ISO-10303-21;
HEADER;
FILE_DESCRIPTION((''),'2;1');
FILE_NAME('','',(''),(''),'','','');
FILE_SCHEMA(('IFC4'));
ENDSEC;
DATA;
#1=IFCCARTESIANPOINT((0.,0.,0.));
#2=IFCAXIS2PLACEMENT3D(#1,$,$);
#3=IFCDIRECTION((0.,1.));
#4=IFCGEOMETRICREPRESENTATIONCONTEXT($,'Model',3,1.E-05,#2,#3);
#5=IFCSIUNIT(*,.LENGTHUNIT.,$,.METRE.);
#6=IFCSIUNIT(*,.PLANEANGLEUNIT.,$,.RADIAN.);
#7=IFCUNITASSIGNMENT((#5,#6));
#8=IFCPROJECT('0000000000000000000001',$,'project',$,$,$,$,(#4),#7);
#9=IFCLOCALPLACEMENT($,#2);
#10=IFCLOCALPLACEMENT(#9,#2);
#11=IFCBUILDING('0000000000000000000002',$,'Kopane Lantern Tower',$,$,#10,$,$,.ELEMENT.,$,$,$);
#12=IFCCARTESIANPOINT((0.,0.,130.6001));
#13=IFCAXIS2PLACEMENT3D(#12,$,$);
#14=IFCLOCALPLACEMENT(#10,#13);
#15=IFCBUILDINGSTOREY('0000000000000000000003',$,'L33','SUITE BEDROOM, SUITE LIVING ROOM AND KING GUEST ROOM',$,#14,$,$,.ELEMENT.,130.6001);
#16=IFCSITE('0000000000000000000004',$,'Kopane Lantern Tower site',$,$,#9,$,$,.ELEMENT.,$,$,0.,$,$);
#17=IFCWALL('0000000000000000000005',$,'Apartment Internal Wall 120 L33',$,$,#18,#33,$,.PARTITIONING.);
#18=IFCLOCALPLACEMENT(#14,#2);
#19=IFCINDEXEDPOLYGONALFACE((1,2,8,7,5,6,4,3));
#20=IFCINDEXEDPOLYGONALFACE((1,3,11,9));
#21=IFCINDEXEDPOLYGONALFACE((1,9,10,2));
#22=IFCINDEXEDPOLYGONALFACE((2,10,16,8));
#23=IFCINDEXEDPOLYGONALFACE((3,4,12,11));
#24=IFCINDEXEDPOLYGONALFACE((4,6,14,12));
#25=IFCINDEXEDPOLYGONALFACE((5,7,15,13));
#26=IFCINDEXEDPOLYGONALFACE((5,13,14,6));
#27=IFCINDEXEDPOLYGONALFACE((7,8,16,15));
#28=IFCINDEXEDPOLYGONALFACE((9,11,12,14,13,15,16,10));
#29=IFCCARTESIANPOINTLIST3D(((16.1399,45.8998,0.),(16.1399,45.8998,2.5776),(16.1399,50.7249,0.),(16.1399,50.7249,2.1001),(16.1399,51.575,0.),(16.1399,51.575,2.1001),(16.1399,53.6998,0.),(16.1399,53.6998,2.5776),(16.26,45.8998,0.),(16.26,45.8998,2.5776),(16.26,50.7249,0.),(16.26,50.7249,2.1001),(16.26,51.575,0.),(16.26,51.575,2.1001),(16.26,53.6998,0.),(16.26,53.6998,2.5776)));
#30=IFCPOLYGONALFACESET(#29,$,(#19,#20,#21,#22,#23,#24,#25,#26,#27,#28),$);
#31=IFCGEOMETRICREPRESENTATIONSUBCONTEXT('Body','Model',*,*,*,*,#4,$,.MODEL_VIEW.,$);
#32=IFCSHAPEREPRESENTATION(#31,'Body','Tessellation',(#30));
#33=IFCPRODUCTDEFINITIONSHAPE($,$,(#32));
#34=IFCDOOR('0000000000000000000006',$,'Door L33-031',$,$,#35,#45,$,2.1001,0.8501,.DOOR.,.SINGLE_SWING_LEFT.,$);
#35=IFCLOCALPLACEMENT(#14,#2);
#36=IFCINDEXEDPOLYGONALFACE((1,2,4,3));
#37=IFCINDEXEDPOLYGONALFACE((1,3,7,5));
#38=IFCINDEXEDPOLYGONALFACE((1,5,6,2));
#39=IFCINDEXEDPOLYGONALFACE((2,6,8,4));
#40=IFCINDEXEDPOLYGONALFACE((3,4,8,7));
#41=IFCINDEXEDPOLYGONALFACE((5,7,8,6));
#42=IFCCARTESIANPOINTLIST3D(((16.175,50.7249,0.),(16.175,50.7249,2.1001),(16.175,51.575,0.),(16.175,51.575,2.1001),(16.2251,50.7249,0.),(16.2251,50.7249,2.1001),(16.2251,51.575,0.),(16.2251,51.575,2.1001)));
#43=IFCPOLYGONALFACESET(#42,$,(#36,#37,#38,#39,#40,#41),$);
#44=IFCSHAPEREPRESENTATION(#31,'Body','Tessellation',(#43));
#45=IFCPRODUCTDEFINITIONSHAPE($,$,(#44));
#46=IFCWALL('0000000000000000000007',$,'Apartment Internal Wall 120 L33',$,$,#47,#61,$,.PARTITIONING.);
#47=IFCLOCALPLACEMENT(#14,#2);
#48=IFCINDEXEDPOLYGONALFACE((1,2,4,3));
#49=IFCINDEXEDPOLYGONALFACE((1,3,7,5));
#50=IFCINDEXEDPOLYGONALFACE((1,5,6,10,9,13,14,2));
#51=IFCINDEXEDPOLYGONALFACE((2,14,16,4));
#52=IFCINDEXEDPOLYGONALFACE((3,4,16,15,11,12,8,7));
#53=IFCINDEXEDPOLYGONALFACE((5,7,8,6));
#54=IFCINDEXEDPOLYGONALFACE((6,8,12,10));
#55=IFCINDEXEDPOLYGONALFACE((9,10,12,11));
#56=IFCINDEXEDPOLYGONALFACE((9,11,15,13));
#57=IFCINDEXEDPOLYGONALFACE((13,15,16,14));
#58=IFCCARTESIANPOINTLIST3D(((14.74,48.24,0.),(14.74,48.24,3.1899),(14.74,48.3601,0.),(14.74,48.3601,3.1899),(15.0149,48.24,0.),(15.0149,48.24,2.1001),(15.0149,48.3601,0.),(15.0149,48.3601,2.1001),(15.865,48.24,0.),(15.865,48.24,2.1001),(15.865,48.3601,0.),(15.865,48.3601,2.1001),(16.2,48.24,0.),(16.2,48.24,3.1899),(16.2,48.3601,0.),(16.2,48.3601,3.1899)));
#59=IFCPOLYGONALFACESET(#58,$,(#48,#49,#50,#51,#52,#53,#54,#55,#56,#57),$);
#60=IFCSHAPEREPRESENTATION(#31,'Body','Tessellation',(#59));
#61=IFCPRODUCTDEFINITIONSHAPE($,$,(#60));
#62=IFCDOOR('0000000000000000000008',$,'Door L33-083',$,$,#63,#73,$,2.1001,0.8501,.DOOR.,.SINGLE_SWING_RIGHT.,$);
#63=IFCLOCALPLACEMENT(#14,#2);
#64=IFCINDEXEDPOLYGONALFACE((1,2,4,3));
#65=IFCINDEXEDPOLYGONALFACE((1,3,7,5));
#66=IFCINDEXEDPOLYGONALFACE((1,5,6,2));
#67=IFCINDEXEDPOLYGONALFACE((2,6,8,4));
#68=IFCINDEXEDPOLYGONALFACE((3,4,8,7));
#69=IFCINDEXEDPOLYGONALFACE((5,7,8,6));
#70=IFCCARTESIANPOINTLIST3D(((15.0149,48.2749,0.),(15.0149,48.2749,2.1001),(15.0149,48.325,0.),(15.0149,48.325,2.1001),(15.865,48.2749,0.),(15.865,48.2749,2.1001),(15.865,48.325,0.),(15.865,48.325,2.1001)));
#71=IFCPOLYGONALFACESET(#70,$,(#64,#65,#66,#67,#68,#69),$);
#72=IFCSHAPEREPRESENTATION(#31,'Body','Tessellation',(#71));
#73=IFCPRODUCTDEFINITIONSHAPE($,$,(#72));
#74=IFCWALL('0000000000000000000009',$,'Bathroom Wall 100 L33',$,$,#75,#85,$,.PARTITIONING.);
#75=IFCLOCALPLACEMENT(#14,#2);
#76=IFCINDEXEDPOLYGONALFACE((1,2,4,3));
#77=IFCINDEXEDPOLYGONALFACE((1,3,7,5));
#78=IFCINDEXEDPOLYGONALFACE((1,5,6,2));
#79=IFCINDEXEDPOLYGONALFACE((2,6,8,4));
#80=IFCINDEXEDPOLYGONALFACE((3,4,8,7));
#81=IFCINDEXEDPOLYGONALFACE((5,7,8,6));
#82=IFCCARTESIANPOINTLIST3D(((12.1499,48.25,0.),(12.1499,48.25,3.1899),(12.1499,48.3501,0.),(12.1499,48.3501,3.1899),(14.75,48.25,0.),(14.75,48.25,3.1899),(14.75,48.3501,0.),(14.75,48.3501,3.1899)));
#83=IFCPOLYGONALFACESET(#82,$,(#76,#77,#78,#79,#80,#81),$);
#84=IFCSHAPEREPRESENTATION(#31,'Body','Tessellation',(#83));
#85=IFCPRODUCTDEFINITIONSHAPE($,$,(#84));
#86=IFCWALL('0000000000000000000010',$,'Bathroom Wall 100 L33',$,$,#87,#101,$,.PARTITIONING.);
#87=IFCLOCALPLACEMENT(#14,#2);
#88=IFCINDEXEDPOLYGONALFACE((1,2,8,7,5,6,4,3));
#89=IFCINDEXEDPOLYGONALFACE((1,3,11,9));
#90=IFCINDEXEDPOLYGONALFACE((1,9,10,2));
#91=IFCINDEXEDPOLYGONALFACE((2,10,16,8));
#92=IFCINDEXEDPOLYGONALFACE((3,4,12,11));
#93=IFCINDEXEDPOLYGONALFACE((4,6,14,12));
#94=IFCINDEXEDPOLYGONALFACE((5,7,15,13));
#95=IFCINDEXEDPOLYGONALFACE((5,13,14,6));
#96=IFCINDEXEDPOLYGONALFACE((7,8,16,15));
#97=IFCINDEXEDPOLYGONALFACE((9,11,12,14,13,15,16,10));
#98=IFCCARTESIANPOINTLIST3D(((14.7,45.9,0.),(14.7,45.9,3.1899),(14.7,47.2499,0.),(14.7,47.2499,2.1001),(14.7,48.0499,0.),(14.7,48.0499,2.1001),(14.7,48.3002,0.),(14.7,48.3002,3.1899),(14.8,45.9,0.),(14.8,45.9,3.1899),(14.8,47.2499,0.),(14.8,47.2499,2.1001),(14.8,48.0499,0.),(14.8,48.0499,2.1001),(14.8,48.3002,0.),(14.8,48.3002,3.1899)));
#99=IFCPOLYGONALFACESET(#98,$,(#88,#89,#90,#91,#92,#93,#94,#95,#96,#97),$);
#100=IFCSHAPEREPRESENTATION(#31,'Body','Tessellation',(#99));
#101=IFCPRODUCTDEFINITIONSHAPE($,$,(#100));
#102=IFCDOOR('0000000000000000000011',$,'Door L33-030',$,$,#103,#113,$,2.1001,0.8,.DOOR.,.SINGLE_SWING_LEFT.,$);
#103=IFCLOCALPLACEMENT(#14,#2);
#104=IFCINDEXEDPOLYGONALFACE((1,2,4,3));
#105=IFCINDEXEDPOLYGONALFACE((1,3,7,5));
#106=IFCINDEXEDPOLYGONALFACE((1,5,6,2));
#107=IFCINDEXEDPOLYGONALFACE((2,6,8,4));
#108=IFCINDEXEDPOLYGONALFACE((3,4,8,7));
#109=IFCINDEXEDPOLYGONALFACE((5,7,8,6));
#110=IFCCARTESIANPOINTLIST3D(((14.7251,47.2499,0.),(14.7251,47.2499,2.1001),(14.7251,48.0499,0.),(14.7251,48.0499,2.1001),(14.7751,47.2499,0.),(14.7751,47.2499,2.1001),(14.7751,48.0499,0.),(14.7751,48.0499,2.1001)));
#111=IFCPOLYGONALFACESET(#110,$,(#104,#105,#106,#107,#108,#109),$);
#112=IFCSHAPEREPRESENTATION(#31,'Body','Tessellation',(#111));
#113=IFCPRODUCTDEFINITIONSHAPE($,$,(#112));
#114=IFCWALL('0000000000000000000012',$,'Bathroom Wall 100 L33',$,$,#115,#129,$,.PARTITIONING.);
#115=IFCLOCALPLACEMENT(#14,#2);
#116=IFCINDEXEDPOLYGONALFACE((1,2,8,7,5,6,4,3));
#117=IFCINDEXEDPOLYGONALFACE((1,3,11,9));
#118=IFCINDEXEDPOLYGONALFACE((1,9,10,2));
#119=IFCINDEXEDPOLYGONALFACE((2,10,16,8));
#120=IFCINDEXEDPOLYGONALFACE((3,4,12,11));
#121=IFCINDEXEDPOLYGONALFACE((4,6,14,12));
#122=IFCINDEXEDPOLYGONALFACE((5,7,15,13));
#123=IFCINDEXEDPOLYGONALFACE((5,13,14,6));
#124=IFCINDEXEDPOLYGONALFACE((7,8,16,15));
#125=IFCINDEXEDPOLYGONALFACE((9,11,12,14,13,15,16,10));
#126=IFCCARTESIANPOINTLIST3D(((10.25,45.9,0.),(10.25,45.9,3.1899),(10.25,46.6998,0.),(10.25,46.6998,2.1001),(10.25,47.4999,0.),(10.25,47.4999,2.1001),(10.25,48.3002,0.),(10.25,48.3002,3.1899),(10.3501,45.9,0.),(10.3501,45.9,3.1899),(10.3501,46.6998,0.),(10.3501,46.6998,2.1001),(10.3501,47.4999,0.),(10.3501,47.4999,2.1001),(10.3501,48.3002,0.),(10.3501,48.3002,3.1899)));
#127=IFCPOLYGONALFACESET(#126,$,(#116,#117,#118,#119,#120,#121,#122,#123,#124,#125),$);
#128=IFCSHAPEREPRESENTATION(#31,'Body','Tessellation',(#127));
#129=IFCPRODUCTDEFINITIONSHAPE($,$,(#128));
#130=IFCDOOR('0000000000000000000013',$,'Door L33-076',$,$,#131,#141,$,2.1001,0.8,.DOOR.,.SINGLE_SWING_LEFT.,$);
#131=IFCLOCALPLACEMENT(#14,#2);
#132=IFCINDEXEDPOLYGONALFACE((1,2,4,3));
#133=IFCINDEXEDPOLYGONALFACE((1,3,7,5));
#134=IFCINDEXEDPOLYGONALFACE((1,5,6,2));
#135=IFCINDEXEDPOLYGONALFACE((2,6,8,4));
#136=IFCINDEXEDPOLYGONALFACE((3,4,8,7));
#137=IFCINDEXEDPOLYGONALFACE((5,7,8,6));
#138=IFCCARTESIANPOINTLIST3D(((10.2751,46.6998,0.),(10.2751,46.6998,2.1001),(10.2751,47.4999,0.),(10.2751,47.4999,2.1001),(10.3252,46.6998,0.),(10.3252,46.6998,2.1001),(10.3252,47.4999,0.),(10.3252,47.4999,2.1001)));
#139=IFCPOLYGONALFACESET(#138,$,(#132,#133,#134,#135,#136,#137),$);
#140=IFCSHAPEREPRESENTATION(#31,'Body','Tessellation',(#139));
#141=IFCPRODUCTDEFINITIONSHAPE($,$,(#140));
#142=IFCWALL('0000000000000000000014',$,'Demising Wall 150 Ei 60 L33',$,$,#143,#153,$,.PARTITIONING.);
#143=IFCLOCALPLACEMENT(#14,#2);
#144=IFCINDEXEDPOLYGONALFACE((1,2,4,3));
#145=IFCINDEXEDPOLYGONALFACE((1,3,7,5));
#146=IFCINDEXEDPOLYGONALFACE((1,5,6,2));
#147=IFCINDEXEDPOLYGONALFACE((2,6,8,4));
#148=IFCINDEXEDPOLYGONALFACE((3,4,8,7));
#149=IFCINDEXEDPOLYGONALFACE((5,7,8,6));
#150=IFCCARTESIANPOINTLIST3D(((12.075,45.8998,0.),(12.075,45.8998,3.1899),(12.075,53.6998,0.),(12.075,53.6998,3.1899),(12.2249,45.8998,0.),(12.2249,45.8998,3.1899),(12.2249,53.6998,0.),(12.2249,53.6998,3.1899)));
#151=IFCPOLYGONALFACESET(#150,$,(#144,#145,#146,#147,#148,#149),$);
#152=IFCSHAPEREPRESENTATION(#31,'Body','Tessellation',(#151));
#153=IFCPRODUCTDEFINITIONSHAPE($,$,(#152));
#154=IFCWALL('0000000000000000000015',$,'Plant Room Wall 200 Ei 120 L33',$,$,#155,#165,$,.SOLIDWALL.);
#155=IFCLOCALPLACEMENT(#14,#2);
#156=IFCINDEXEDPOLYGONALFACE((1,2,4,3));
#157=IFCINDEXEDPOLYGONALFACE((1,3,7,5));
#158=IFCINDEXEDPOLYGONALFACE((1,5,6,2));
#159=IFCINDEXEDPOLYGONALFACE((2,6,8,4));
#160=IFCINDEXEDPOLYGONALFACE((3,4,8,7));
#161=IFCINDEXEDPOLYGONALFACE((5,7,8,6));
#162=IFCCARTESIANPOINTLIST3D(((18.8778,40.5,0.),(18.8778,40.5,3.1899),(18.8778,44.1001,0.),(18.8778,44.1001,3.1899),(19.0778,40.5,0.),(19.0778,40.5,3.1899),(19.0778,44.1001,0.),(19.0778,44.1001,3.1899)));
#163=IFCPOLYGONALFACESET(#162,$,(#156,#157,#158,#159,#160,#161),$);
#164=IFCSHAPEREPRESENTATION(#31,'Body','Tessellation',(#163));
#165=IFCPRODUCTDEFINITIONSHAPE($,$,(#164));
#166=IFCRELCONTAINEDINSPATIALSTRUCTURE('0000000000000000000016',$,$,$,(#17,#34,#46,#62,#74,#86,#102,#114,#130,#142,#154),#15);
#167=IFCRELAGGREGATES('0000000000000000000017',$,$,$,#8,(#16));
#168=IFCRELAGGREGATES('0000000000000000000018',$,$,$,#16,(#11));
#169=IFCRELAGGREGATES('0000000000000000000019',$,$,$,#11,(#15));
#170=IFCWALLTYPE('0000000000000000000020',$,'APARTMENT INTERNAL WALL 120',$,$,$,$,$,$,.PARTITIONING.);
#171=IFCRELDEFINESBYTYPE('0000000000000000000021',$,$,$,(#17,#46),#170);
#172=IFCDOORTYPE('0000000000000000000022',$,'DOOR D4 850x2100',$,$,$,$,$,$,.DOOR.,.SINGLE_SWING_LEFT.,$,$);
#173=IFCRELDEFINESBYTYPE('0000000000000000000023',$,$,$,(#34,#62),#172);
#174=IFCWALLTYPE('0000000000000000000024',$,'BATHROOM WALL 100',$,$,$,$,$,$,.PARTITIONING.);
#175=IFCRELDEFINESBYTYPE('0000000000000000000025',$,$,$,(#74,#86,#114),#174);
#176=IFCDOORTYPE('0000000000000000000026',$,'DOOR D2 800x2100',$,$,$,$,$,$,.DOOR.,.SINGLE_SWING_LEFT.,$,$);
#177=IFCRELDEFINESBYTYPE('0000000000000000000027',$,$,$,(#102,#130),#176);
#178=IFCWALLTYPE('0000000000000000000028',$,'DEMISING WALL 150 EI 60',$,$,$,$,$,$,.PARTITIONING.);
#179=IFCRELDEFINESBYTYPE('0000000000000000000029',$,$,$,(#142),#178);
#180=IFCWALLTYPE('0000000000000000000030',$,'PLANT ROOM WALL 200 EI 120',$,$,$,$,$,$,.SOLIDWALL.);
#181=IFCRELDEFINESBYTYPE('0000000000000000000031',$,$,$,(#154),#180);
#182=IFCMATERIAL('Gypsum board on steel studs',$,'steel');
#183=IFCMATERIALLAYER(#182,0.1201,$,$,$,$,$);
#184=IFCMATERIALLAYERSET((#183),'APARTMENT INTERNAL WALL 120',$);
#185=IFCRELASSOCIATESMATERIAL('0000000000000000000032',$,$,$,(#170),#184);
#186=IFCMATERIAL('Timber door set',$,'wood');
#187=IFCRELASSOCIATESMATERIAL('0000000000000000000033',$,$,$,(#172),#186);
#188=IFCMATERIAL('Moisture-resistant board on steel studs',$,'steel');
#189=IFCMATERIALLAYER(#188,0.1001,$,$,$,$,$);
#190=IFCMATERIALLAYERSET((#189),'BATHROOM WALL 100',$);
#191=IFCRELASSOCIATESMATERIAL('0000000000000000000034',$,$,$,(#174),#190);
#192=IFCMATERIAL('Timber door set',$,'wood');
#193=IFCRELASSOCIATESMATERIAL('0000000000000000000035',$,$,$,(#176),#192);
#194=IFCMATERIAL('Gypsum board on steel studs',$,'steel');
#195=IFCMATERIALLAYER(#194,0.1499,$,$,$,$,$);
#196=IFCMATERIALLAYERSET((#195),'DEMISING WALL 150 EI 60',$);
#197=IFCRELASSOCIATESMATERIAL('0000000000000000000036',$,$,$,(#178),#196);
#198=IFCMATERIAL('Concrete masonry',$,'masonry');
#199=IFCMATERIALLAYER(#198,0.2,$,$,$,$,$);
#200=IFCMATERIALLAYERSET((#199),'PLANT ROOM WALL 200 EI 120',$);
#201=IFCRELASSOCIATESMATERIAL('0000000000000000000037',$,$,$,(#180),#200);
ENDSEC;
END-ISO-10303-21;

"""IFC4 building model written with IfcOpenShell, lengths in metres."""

from ifc_helpers import new_model, si_unit, direction, frame, frame_2d, origin, place, context, subcontext, project, spatial, rectangle, extrude, material, layer, layer_set, type_object, element, fill, save


model = new_model("IFC4")

# Units and contexts
model_context = context("Model", 3, precision=1e-05, world=origin(), true_north=direction((0.0, 1.0)))
body_context = subcontext(model_context, "Body", "Model", "MODEL_VIEW")
ifc_project = project(units=[si_unit("LENGTHUNIT", "METRE"), si_unit("PLANEANGLEUNIT", "RADIAN")], contexts=[model_context])

# Site, building, storey
site_placement = place(None, origin())
site = spatial("IfcSite", under=ifc_project, at=site_placement, Name="Kopane Lantern Tower site", CompositionType="ELEMENT", RefElevation=0.0)
building_placement = place(site_placement, origin())
building = spatial("IfcBuilding", under=site, at=building_placement, Name="Kopane Lantern Tower", CompositionType="ELEMENT")
storey_placement = place(building_placement, frame((0.0, 0.0, 130.6001)))
storey = spatial("IfcBuildingStorey", under=building, at=storey_placement, Name="L33", Description="SUITE BEDROOM, SUITE LIVING ROOM AND KING GUEST ROOM", CompositionType="ELEMENT", Elevation=130.6001)

# Walls, openings, doors
ifc_material_1 = material(Name="Gypsum board on steel studs", Category="steel")
ifc_layer_1 = layer(ifc_material_1, 0.1201)
ifc_layer_set_1 = layer_set([ifc_layer_1], Name="APARTMENT INTERNAL WALL 120")
wall_type_1 = type_object("IfcWallType", Name="APARTMENT INTERNAL WALL 120", PredefinedType="PARTITIONING", material=ifc_layer_set_1)
wall_1_placement = place(storey_placement, frame((16.2, 45.8999, 0.0), z_axis=(0.0, 0.0, 1.0), x_axis=(0.0, 1.0, 0.0)))
wall_1 = element("IfcWall", 1, at=wall_1_placement, inside=storey, type_object=wall_type_1, Name="Apartment Internal Wall 120 L33", PredefinedType="PARTITIONING", context=body_context, shape_type="SweptSolid", body=[
    extrude(rectangle(XDim=7.8, YDim=0.1201, at=frame_2d((3.8999, 0.0))), origin(), (0.0, 0.0, 1.0), 2.5776),
])
opening_1_placement = place(wall_1_placement, frame((4.825, 0.0, 0.0)))
opening_1 = element("IfcOpeningElement", 2, at=opening_1_placement, cuts=wall_1, PredefinedType="OPENING", context=body_context, shape_type="SweptSolid", body=[
    extrude(rectangle(XDim=0.8501, YDim=2.1001, at=frame_2d((0.425, 1.05))), frame((0.0, 0.0701, 0.0), z_axis=(0.0, -1.0, 0.0), x_axis=(1.0, 0.0, 0.0)), (0.0, 0.0, 1.0), 0.1401),
])
ifc_material_2 = material(Name="Timber door set", Category="wood")
door_type_1 = type_object("IfcDoorType", Name="DOOR D4 850x2100", OperationType="SINGLE_SWING_LEFT", PredefinedType="DOOR", material=ifc_material_2)
door_1_placement = place(opening_1_placement, origin())
door_1 = element("IfcDoor", 3, at=door_1_placement, inside=storey, type_object=door_type_1, Name="Door L33-031", OperationType="SINGLE_SWING_LEFT", OverallHeight=2.1001, OverallWidth=0.8501, PredefinedType="DOOR", context=body_context, shape_type="SweptSolid", body=[
    extrude(rectangle(XDim=0.8501, YDim=2.1001, at=frame_2d((0.425, 1.05))), frame((0.0, 0.0249, 0.0), z_axis=(0.0, -1.0, 0.0), x_axis=(1.0, 0.0, 0.0)), (0.0, 0.0, 1.0), 0.05),
])
fill(opening_1, door_1)
wall_2_placement = place(storey_placement, frame((14.74, 48.3, 0.0), z_axis=(0.0, 0.0, 1.0), x_axis=(1.0, 0.0, 0.0)))
wall_2 = element("IfcWall", 4, at=wall_2_placement, inside=storey, type_object=wall_type_1, Name="Apartment Internal Wall 120 L33", PredefinedType="PARTITIONING", context=body_context, shape_type="SweptSolid", body=[
    extrude(rectangle(XDim=1.46, YDim=0.1201, at=frame_2d((0.73, 0.0))), origin(), (0.0, 0.0, 1.0), 3.1899),
])
opening_2_placement = place(wall_2_placement, frame((0.2749, 0.0, 0.0)))
opening_2 = element("IfcOpeningElement", 5, at=opening_2_placement, cuts=wall_2, PredefinedType="OPENING", context=body_context, shape_type="SweptSolid", body=[
    extrude(rectangle(XDim=0.8501, YDim=2.1001, at=frame_2d((0.425, 1.05))), frame((0.0, 0.0701, 0.0), z_axis=(0.0, -1.0, 0.0), x_axis=(1.0, 0.0, 0.0)), (0.0, 0.0, 1.0), 0.1401),
])
door_2_placement = place(opening_2_placement, origin())
door_2 = element("IfcDoor", 6, at=door_2_placement, inside=storey, type_object=door_type_1, Name="Door L33-083", OperationType="SINGLE_SWING_RIGHT", OverallHeight=2.1001, OverallWidth=0.8501, PredefinedType="DOOR", context=body_context, shape_type="SweptSolid", body=[
    extrude(rectangle(XDim=0.8501, YDim=2.1001, at=frame_2d((0.425, 1.05))), frame((0.0, 0.0249, 0.0), z_axis=(0.0, -1.0, 0.0), x_axis=(1.0, 0.0, 0.0)), (0.0, 0.0, 1.0), 0.05),
])
fill(opening_2, door_2)

# Wall
ifc_material_3 = material(Name="Moisture-resistant board on steel studs", Category="steel")
ifc_layer_2 = layer(ifc_material_3, 0.1001)
ifc_layer_set_2 = layer_set([ifc_layer_2], Name="BATHROOM WALL 100")
wall_type_2 = type_object("IfcWallType", Name="BATHROOM WALL 100", PredefinedType="PARTITIONING", material=ifc_layer_set_2)
wall_3_placement = place(storey_placement, frame((12.1499, 48.3, 0.0), z_axis=(0.0, 0.0, 1.0), x_axis=(1.0, 0.0, 0.0)))
element("IfcWall", 7, at=wall_3_placement, inside=storey, type_object=wall_type_2, Name="Bathroom Wall 100 L33", PredefinedType="PARTITIONING", context=body_context, shape_type="SweptSolid", body=[
    extrude(rectangle(XDim=2.6001, YDim=0.1001, at=frame_2d((1.3, 0.0))), origin(), (0.0, 0.0, 1.0), 3.1899),
])

# Walls, openings, doors
wall_4_placement = place(storey_placement, frame((14.75, 45.8999, 0.0), z_axis=(0.0, 0.0, 1.0), x_axis=(0.0, 1.0, 0.0)))
wall_4 = element("IfcWall", 8, at=wall_4_placement, inside=storey, type_object=wall_type_2, Name="Bathroom Wall 100 L33", PredefinedType="PARTITIONING", context=body_context, shape_type="SweptSolid", body=[
    extrude(rectangle(XDim=2.4001, YDim=0.1001, at=frame_2d((1.2002, 0.0))), origin(), (0.0, 0.0, 1.0), 3.1899),
])
opening_3_placement = place(wall_4_placement, frame((1.3501, 0.0, 0.0)))
opening_3 = element("IfcOpeningElement", 9, at=opening_3_placement, cuts=wall_4, PredefinedType="OPENING", context=body_context, shape_type="SweptSolid", body=[
    extrude(rectangle(XDim=0.8, YDim=2.1001, at=frame_2d((0.3999, 1.05))), frame((0.0, 0.0601, 0.0), z_axis=(0.0, -1.0, 0.0), x_axis=(1.0, 0.0, 0.0)), (0.0, 0.0, 1.0), 0.1201),
])
ifc_material_4 = material(Name="Timber door set", Category="wood")
door_type_2 = type_object("IfcDoorType", Name="DOOR D2 800x2100", OperationType="SINGLE_SWING_LEFT", PredefinedType="DOOR", material=ifc_material_4)
door_3_placement = place(opening_3_placement, origin())
door_3 = element("IfcDoor", 10, at=door_3_placement, inside=storey, type_object=door_type_2, Name="Door L33-030", OperationType="SINGLE_SWING_LEFT", OverallHeight=2.1001, OverallWidth=0.8, PredefinedType="DOOR", context=body_context, shape_type="SweptSolid", body=[
    extrude(rectangle(XDim=0.8, YDim=2.1001, at=frame_2d((0.3999, 1.05))), frame((0.0, 0.0249, 0.0), z_axis=(0.0, -1.0, 0.0), x_axis=(1.0, 0.0, 0.0)), (0.0, 0.0, 1.0), 0.05),
])
fill(opening_3, door_3)
wall_5_placement = place(storey_placement, frame((10.3, 45.8999, 0.0), z_axis=(0.0, 0.0, 1.0), x_axis=(0.0, 1.0, 0.0)))
wall_5 = element("IfcWall", 11, at=wall_5_placement, inside=storey, type_object=wall_type_2, Name="Bathroom Wall 100 L33", PredefinedType="PARTITIONING", context=body_context, shape_type="SweptSolid", body=[
    extrude(rectangle(XDim=2.4001, YDim=0.1001, at=frame_2d((1.2002, 0.0))), origin(), (0.0, 0.0, 1.0), 3.1899),
])
opening_4_placement = place(wall_5_placement, frame((0.8, 0.0, 0.0)))
opening_4 = element("IfcOpeningElement", 12, at=opening_4_placement, cuts=wall_5, PredefinedType="OPENING", context=body_context, shape_type="SweptSolid", body=[
    extrude(rectangle(XDim=0.8, YDim=2.1001, at=frame_2d((0.3999, 1.05))), frame((0.0, 0.0601, 0.0), z_axis=(0.0, -1.0, 0.0), x_axis=(1.0, 0.0, 0.0)), (0.0, 0.0, 1.0), 0.1201),
])
door_4_placement = place(opening_4_placement, origin())
door_4 = element("IfcDoor", 13, at=door_4_placement, inside=storey, type_object=door_type_2, Name="Door L33-076", OperationType="SINGLE_SWING_LEFT", OverallHeight=2.1001, OverallWidth=0.8, PredefinedType="DOOR", context=body_context, shape_type="SweptSolid", body=[
    extrude(rectangle(XDim=0.8, YDim=2.1001, at=frame_2d((0.3999, 1.05))), frame((0.0, 0.0249, 0.0), z_axis=(0.0, -1.0, 0.0), x_axis=(1.0, 0.0, 0.0)), (0.0, 0.0, 1.0), 0.05),
])
fill(opening_4, door_4)

# Walls
ifc_material_5 = material(Name="Gypsum board on steel studs", Category="steel")
ifc_layer_3 = layer(ifc_material_5, 0.1499)
ifc_layer_set_3 = layer_set([ifc_layer_3], Name="DEMISING WALL 150 EI 60")
wall_type_3 = type_object("IfcWallType", Name="DEMISING WALL 150 EI 60", PredefinedType="PARTITIONING", material=ifc_layer_set_3)
wall_6_placement = place(storey_placement, frame((12.1499, 45.8999, 0.0), z_axis=(0.0, 0.0, 1.0), x_axis=(0.0, 1.0, 0.0)))
element("IfcWall", 14, at=wall_6_placement, inside=storey, type_object=wall_type_3, Name="Demising Wall 150 Ei 60 L33", PredefinedType="PARTITIONING", context=body_context, shape_type="SweptSolid", body=[
    extrude(rectangle(XDim=7.8, YDim=0.1499, at=frame_2d((3.8999, 0.0))), origin(), (0.0, 0.0, 1.0), 3.1899),
])
ifc_material_6 = material(Name="Concrete masonry", Category="masonry")
ifc_layer_4 = layer(ifc_material_6, 0.2)
ifc_layer_set_4 = layer_set([ifc_layer_4], Name="PLANT ROOM WALL 200 EI 120")
wall_type_4 = type_object("IfcWallType", Name="PLANT ROOM WALL 200 EI 120", PredefinedType="SOLIDWALL", material=ifc_layer_set_4)
wall_7_placement = place(storey_placement, frame((18.9778, 44.1001, 0.0), z_axis=(0.0, 0.0, 1.0), x_axis=(0.0, -1.0, 0.0)))
element("IfcWall", 15, at=wall_7_placement, inside=storey, type_object=wall_type_4, Name="Plant Room Wall 200 Ei 120 L33", PredefinedType="SOLIDWALL", context=body_context, shape_type="SweptSolid", body=[
    extrude(rectangle(XDim=3.6001, YDim=0.2, at=frame_2d((1.8, 0.0))), origin(), (0.0, 0.0, 1.0), 3.1899),
])

save(model, "model.ifc")
